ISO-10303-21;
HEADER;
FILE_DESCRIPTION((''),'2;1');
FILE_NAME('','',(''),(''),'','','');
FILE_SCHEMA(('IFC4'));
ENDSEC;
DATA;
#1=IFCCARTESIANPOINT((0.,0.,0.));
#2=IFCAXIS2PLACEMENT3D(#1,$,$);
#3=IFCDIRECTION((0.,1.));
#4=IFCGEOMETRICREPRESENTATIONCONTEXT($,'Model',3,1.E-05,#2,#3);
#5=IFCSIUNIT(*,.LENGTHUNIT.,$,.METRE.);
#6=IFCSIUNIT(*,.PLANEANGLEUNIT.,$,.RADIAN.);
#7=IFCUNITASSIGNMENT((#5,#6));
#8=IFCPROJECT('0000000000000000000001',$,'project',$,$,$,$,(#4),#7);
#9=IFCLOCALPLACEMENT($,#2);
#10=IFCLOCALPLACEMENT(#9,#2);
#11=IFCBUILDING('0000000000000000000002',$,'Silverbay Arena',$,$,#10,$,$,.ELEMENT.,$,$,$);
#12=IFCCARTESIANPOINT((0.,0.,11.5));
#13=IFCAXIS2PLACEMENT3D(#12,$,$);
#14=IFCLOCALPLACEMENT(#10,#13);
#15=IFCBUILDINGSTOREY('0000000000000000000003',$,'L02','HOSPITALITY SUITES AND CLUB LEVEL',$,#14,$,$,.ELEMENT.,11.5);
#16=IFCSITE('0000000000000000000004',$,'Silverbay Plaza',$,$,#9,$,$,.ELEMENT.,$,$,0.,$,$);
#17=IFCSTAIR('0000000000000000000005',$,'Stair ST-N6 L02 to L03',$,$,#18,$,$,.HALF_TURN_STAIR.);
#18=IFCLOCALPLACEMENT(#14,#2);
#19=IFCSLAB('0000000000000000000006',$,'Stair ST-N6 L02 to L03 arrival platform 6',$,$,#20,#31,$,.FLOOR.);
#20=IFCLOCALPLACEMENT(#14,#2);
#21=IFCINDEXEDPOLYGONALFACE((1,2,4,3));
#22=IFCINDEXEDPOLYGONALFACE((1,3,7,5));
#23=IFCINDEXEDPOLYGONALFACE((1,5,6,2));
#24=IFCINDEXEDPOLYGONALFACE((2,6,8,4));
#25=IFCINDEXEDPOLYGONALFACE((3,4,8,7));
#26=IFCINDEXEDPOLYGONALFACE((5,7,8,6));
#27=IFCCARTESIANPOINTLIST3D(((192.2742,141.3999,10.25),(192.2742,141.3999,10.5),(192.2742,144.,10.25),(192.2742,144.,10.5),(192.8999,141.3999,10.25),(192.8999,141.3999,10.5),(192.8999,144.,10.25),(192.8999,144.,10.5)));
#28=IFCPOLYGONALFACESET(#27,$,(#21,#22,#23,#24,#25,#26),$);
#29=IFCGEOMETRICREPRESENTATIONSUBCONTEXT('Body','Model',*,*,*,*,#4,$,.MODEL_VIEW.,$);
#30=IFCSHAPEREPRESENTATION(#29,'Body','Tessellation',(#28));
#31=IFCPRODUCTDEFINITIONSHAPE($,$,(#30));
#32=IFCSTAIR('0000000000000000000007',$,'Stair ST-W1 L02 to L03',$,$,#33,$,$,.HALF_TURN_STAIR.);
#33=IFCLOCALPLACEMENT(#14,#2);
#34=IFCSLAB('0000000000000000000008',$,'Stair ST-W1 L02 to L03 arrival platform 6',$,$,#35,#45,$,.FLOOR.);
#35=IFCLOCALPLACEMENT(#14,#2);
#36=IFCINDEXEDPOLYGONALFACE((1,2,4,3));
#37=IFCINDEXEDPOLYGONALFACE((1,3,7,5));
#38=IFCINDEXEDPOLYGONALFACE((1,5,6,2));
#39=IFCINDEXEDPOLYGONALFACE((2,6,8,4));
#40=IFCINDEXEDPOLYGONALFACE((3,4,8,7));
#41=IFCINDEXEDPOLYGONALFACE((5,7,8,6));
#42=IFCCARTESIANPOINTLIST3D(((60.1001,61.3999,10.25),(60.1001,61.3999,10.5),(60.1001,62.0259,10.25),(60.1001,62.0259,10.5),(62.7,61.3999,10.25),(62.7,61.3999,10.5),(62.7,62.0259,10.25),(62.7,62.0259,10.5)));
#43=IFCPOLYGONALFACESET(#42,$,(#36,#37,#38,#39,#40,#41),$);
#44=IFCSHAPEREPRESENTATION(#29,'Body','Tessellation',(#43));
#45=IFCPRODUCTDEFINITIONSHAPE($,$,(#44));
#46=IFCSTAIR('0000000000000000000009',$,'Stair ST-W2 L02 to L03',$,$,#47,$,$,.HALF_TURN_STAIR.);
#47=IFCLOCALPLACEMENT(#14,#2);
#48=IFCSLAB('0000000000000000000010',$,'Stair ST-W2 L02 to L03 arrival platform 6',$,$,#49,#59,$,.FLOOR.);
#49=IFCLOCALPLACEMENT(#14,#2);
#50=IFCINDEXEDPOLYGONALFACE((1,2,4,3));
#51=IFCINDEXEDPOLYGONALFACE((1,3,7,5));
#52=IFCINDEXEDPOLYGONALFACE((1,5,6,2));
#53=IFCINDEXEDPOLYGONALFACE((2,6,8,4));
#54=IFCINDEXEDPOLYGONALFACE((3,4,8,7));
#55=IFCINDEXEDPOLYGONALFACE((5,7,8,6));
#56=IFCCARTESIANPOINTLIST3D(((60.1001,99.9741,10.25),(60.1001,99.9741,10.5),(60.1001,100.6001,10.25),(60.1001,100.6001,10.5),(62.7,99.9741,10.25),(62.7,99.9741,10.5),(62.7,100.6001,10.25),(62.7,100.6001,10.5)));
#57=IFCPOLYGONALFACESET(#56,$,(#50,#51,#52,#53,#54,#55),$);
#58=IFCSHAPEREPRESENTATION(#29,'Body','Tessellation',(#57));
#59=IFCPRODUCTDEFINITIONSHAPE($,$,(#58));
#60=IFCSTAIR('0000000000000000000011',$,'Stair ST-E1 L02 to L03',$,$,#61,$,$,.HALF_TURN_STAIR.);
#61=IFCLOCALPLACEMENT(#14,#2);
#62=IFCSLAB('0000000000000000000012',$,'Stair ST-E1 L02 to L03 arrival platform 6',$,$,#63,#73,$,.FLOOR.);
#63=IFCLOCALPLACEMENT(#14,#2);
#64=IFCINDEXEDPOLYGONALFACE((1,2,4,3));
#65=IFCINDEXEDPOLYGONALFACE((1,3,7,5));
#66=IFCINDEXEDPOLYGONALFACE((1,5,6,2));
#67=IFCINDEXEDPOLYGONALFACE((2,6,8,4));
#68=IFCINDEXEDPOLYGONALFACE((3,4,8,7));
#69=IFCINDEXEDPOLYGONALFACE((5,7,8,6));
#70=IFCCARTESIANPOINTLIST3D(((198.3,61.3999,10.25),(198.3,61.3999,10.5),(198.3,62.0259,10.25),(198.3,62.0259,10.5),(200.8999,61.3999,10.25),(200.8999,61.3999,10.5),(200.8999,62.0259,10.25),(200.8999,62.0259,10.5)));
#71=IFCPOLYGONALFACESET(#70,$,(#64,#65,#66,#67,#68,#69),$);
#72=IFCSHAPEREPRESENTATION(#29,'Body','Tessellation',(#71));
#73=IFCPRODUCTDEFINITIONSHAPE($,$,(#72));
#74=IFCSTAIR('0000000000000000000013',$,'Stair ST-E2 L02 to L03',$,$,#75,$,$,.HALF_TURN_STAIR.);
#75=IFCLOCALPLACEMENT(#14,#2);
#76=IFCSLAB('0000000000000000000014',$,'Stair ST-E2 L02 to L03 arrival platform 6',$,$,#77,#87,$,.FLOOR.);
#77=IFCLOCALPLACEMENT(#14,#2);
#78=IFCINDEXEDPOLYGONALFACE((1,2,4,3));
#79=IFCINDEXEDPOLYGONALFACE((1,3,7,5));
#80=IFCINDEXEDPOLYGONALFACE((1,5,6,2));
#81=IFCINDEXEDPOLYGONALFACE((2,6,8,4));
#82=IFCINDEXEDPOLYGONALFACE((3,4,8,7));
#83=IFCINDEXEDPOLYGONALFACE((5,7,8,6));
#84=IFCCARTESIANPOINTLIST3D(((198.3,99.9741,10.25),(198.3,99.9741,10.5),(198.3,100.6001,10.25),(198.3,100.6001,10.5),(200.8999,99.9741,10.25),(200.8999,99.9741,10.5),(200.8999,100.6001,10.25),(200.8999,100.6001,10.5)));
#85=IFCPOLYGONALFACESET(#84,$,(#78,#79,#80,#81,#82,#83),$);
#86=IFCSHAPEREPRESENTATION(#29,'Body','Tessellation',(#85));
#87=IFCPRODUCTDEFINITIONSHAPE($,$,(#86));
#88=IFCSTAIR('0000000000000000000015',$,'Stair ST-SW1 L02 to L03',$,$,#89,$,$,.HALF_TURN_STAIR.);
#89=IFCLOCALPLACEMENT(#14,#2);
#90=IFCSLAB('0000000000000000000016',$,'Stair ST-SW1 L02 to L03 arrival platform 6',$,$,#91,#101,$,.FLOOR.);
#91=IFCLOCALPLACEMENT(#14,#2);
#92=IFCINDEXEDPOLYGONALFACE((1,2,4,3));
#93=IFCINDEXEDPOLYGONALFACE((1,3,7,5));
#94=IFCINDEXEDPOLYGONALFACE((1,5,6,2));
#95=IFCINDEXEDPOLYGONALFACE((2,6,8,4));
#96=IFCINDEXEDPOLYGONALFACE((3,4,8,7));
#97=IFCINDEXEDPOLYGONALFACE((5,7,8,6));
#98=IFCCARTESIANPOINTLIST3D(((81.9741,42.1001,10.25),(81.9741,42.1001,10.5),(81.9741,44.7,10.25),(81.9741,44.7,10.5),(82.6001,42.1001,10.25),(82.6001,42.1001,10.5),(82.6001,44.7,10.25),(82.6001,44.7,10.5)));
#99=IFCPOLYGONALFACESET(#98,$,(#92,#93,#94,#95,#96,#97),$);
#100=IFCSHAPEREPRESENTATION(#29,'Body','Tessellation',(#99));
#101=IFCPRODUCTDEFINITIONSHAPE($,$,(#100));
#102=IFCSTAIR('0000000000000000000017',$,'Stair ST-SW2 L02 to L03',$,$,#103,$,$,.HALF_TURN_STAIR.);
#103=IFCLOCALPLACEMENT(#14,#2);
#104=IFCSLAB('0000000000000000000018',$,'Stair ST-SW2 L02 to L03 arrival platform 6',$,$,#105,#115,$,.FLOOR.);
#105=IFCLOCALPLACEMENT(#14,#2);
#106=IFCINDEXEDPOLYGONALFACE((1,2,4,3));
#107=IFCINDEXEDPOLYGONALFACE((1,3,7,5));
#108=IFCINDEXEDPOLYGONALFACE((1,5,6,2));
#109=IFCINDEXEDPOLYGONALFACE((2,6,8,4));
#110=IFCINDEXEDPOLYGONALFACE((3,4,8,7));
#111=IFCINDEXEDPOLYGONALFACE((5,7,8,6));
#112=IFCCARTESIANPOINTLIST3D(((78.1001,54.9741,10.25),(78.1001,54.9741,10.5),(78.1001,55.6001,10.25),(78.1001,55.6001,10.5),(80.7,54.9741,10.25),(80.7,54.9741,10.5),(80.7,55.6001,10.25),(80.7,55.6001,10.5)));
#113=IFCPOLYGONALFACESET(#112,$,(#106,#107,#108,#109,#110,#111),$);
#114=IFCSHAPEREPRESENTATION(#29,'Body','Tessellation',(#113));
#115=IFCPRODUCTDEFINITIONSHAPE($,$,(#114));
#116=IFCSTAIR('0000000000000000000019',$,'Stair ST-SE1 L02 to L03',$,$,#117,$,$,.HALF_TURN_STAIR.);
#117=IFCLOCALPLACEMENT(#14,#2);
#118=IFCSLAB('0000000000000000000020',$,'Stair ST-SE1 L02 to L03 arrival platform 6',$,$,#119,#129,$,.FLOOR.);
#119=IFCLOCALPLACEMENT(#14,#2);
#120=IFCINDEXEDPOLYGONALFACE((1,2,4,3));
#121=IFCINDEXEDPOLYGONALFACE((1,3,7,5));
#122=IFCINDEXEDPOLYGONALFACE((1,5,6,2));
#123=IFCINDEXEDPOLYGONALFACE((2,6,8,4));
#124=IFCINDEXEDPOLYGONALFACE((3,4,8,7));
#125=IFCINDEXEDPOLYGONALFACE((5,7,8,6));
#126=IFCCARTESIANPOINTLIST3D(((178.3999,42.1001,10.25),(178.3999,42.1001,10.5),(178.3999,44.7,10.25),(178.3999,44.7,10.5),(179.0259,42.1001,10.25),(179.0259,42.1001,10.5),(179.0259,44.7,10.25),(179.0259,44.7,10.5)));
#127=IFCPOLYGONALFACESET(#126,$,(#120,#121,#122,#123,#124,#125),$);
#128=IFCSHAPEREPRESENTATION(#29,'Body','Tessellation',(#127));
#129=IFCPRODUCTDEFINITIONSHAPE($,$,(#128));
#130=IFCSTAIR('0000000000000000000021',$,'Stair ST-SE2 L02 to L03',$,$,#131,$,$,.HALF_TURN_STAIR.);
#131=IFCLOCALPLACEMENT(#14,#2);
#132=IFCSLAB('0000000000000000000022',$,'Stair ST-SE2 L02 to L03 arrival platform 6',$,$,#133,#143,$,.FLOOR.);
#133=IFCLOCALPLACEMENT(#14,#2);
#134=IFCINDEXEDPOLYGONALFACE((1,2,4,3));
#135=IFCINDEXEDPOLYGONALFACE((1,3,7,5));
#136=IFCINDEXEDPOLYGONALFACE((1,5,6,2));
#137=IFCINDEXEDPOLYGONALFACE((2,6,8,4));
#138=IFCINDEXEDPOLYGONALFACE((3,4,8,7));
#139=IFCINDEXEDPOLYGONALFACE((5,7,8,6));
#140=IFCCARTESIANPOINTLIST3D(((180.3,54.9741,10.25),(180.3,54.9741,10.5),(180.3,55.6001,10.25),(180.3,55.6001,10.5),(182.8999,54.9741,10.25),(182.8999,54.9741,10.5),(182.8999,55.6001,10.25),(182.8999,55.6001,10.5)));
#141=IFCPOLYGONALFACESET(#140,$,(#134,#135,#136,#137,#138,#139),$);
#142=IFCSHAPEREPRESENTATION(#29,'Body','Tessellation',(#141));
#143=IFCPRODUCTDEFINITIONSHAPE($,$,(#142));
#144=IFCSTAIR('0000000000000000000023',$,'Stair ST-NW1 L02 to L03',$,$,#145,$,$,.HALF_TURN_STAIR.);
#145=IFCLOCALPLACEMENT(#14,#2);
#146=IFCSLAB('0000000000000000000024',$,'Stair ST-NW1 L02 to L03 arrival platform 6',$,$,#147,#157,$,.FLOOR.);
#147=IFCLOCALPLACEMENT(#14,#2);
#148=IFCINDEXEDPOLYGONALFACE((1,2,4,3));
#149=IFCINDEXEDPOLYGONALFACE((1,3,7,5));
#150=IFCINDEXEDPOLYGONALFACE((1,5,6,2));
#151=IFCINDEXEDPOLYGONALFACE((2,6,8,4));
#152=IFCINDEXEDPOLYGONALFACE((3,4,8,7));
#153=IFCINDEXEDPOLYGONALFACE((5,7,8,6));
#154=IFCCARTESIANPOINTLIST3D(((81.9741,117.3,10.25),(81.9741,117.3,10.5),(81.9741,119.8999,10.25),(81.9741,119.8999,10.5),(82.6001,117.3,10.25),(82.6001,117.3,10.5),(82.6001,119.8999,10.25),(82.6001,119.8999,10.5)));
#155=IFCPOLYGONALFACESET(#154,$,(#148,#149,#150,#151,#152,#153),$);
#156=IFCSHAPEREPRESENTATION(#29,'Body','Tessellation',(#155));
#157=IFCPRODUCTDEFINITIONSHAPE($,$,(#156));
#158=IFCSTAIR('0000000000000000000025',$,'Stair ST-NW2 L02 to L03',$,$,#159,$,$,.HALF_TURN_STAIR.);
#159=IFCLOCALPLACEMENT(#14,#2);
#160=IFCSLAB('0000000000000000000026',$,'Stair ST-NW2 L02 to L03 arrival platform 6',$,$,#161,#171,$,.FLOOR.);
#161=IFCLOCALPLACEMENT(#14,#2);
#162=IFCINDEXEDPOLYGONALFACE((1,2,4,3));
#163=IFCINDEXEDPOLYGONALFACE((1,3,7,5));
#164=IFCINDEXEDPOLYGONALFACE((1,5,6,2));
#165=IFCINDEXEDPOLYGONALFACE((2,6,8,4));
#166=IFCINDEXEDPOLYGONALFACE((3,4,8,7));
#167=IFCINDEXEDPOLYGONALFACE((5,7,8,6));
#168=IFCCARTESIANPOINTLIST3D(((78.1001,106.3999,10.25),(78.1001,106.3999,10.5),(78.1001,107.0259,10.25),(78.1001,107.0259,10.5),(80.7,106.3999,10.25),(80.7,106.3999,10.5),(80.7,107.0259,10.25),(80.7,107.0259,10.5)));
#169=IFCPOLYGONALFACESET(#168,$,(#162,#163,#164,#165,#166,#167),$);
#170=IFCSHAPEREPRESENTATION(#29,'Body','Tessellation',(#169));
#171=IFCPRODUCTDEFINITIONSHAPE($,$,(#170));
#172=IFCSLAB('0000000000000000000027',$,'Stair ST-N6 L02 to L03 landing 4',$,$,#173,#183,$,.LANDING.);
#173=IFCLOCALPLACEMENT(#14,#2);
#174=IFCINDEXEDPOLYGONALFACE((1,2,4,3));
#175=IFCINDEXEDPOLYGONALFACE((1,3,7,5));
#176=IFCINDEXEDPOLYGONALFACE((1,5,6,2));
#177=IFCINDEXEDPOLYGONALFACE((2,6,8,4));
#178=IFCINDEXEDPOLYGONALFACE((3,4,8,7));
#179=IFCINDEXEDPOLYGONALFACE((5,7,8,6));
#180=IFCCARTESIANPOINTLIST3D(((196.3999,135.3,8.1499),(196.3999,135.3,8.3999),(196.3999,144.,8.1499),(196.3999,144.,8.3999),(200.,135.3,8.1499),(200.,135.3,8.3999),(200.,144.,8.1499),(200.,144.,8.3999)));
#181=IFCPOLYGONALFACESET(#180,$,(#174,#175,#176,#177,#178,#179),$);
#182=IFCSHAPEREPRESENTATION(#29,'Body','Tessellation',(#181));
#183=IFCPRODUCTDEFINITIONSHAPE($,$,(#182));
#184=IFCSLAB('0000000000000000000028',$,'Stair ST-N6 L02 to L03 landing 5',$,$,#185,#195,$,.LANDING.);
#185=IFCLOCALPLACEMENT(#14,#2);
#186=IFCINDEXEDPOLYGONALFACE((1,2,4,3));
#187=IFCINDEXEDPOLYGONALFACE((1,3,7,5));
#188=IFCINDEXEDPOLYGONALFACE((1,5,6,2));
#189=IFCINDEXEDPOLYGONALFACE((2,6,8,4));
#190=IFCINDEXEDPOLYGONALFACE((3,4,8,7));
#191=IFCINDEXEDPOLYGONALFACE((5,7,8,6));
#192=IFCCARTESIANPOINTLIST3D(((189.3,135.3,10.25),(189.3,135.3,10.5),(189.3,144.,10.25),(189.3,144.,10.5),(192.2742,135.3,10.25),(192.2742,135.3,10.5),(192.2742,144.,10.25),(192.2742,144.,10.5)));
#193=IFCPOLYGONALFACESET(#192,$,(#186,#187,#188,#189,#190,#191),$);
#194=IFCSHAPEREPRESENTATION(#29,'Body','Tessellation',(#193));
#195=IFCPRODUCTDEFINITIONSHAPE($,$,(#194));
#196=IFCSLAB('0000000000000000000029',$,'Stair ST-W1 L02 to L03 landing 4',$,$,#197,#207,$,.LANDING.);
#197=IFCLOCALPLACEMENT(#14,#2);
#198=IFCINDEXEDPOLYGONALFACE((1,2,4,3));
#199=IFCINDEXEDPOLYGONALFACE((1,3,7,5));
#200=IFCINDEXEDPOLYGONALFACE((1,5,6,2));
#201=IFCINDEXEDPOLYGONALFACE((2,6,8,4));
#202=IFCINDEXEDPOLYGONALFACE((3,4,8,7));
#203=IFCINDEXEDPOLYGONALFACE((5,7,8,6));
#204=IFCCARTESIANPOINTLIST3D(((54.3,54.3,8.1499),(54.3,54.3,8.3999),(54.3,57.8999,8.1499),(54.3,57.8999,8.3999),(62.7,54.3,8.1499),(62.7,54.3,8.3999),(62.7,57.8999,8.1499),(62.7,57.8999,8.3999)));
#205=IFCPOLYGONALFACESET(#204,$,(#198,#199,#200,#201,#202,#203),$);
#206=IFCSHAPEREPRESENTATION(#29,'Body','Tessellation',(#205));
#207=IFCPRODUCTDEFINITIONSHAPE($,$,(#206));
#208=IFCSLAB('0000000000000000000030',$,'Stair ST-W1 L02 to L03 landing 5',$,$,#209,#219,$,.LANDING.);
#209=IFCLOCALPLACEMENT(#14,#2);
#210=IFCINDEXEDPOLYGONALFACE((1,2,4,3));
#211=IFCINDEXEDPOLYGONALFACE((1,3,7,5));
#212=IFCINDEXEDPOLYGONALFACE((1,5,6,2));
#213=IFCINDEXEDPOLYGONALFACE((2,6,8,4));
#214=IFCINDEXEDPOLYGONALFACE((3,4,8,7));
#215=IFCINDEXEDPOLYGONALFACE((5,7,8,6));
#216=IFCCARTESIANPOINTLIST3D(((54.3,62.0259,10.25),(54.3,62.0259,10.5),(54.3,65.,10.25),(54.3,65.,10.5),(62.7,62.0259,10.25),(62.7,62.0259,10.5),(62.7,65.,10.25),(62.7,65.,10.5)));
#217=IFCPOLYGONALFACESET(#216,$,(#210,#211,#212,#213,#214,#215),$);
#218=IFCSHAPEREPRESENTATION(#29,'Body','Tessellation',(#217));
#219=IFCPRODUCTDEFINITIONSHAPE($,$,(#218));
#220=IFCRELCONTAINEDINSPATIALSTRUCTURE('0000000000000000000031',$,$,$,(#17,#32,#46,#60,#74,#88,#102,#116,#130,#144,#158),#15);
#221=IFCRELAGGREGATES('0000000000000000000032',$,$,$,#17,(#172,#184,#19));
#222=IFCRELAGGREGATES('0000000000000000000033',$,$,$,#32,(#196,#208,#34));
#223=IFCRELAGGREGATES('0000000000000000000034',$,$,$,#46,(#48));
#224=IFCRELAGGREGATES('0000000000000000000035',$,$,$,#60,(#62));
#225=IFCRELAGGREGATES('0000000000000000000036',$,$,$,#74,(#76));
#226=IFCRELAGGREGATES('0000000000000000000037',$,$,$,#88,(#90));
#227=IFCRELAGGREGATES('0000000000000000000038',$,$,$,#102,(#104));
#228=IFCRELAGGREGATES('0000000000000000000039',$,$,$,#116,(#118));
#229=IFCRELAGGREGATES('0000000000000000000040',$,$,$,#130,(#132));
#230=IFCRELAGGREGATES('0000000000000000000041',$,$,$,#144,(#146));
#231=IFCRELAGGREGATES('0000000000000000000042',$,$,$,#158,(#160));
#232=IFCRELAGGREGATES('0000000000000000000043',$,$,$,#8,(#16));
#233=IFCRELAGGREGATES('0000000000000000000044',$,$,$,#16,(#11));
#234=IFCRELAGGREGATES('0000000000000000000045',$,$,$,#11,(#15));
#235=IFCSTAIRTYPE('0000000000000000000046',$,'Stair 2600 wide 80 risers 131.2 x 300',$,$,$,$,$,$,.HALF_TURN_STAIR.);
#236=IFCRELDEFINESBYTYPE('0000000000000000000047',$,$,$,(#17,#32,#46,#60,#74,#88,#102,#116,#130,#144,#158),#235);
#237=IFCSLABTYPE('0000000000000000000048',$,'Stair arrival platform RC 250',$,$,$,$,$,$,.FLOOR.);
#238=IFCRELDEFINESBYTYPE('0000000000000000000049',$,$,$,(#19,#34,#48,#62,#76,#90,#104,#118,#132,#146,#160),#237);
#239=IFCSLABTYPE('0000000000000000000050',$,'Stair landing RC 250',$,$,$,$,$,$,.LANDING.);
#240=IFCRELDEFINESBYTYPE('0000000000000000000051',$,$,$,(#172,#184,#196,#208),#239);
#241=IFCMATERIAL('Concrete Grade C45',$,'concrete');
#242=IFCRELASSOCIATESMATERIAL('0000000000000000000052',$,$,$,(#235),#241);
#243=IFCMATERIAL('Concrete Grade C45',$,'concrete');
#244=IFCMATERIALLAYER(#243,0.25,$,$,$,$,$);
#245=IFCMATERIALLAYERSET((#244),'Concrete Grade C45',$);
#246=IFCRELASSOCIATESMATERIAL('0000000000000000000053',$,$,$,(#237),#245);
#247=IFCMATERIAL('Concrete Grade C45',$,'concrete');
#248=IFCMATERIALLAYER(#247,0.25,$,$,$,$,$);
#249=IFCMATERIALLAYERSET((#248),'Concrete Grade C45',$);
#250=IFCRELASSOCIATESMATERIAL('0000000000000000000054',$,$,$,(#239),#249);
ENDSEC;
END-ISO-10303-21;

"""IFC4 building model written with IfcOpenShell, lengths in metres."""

from ifc_helpers import new_model, si_unit, direction, frame, origin, place, context, subcontext, project, spatial, polyline, outline, extrude, material, layer, layer_set, type_object, element, aggregate, save


model = new_model("IFC4")

# Units and contexts
model_context = context("Model", 3, precision=1e-05, world=origin(), true_north=direction((0.0, 1.0)))
body_context = subcontext(model_context, "Body", "Model", "MODEL_VIEW")
ifc_project = project(units=[si_unit("LENGTHUNIT", "METRE"), si_unit("PLANEANGLEUNIT", "RADIAN")], contexts=[model_context])

# Site, building, storey
site_placement = place(None, origin())
site = spatial("IfcSite", under=ifc_project, at=site_placement, Name="Silverbay Plaza", CompositionType="ELEMENT", RefElevation=0.0)
building_placement = place(site_placement, origin())
building = spatial("IfcBuilding", under=site, at=building_placement, Name="Silverbay Arena", CompositionType="ELEMENT")
storey_placement = place(building_placement, frame((0.0, 0.0, 11.5)))
storey = spatial("IfcBuildingStorey", under=building, at=storey_placement, Name="L02", Description="HOSPITALITY SUITES AND CLUB LEVEL", CompositionType="ELEMENT", Elevation=11.5)

# Stairs, slabs
ifc_material_1 = material(Name="Concrete Grade C45", Category="concrete")
stair_type = type_object("IfcStairType", Name="Stair 2600 wide 80 risers 131.2 x 300", PredefinedType="HALF_TURN_STAIR", material=ifc_material_1)
stair_1_placement = place(storey_placement, origin())
stair_1 = element("IfcStair", 1, at=stair_1_placement, inside=storey, type_object=stair_type, Name="Stair ST-N6 L02 to L03", PredefinedType="HALF_TURN_STAIR")
ifc_material_2 = material(Name="Concrete Grade C45", Category="concrete")
ifc_layer_1 = layer(ifc_material_2, 0.25)
ifc_layer_set_1 = layer_set([ifc_layer_1], Name="Concrete Grade C45")
slab_type_1 = type_object("IfcSlabType", Name="Stair arrival platform RC 250", PredefinedType="FLOOR", material=ifc_layer_set_1)
slab_1_placement = place(storey_placement, frame((0.0, 0.0, 10.25)))
slab_1 = element("IfcSlab", 2, at=slab_1_placement, type_object=slab_type_1, Name="Stair ST-N6 L02 to L03 arrival platform 6", PredefinedType="FLOOR", context=body_context, shape_type="SweptSolid", body=[
    extrude(outline(polyline([(192.8999, 141.3999), (192.2742, 141.3999), (192.2742, 144.0), (192.8999, 144.0), (192.8999, 141.3999)])), origin(), (0.0, 0.0, 1.0), 0.25),
])
stair_2_placement = place(storey_placement, origin())
stair_2 = element("IfcStair", 3, at=stair_2_placement, inside=storey, type_object=stair_type, Name="Stair ST-W1 L02 to L03", PredefinedType="HALF_TURN_STAIR")
slab_2_placement = place(storey_placement, frame((0.0, 0.0, 10.25)))
slab_2 = element("IfcSlab", 4, at=slab_2_placement, type_object=slab_type_1, Name="Stair ST-W1 L02 to L03 arrival platform 6", PredefinedType="FLOOR", context=body_context, shape_type="SweptSolid", body=[
    extrude(outline(polyline([(62.7, 61.3999), (62.7, 62.0259), (60.1001, 62.0259), (60.1001, 61.3999), (62.7, 61.3999)])), origin(), (0.0, 0.0, 1.0), 0.25),
])
stair_3_placement = place(storey_placement, origin())
stair_3 = element("IfcStair", 5, at=stair_3_placement, inside=storey, type_object=stair_type, Name="Stair ST-W2 L02 to L03", PredefinedType="HALF_TURN_STAIR")
slab_3_placement = place(storey_placement, frame((0.0, 0.0, 10.25)))
slab_3 = element("IfcSlab", 6, at=slab_3_placement, type_object=slab_type_1, Name="Stair ST-W2 L02 to L03 arrival platform 6", PredefinedType="FLOOR", context=body_context, shape_type="SweptSolid", body=[
    extrude(outline(polyline([(62.7, 100.6001), (62.7, 99.9741), (60.1001, 99.9741), (60.1001, 100.6001), (62.7, 100.6001)])), origin(), (0.0, 0.0, 1.0), 0.25),
])
stair_4_placement = place(storey_placement, origin())
stair_4 = element("IfcStair", 7, at=stair_4_placement, inside=storey, type_object=stair_type, Name="Stair ST-E1 L02 to L03", PredefinedType="HALF_TURN_STAIR")
slab_4_placement = place(storey_placement, frame((0.0, 0.0, 10.25)))
slab_4 = element("IfcSlab", 8, at=slab_4_placement, type_object=slab_type_1, Name="Stair ST-E1 L02 to L03 arrival platform 6", PredefinedType="FLOOR", context=body_context, shape_type="SweptSolid", body=[
    extrude(outline(polyline([(198.3, 61.3999), (198.3, 62.0259), (200.8999, 62.0259), (200.8999, 61.3999), (198.3, 61.3999)])), origin(), (0.0, 0.0, 1.0), 0.25),
])
stair_5_placement = place(storey_placement, origin())
stair_5 = element("IfcStair", 9, at=stair_5_placement, inside=storey, type_object=stair_type, Name="Stair ST-E2 L02 to L03", PredefinedType="HALF_TURN_STAIR")
slab_5_placement = place(storey_placement, frame((0.0, 0.0, 10.25)))
slab_5 = element("IfcSlab", 10, at=slab_5_placement, type_object=slab_type_1, Name="Stair ST-E2 L02 to L03 arrival platform 6", PredefinedType="FLOOR", context=body_context, shape_type="SweptSolid", body=[
    extrude(outline(polyline([(198.3, 100.6001), (198.3, 99.9741), (200.8999, 99.9741), (200.8999, 100.6001), (198.3, 100.6001)])), origin(), (0.0, 0.0, 1.0), 0.25),
])
stair_6_placement = place(storey_placement, origin())
stair_6 = element("IfcStair", 11, at=stair_6_placement, inside=storey, type_object=stair_type, Name="Stair ST-SW1 L02 to L03", PredefinedType="HALF_TURN_STAIR")
slab_6_placement = place(storey_placement, frame((0.0, 0.0, 10.25)))
slab_6 = element("IfcSlab", 12, at=slab_6_placement, type_object=slab_type_1, Name="Stair ST-SW1 L02 to L03 arrival platform 6", PredefinedType="FLOOR", context=body_context, shape_type="SweptSolid", body=[
    extrude(outline(polyline([(82.6001, 44.7), (81.9741, 44.7), (81.9741, 42.1001), (82.6001, 42.1001), (82.6001, 44.7)])), origin(), (0.0, 0.0, 1.0), 0.25),
])
stair_7_placement = place(storey_placement, origin())
stair_7 = element("IfcStair", 13, at=stair_7_placement, inside=storey, type_object=stair_type, Name="Stair ST-SW2 L02 to L03", PredefinedType="HALF_TURN_STAIR")
slab_7_placement = place(storey_placement, frame((0.0, 0.0, 10.25)))
slab_7 = element("IfcSlab", 14, at=slab_7_placement, type_object=slab_type_1, Name="Stair ST-SW2 L02 to L03 arrival platform 6", PredefinedType="FLOOR", context=body_context, shape_type="SweptSolid", body=[
    extrude(outline(polyline([(80.7, 55.6001), (80.7, 54.9741), (78.1001, 54.9741), (78.1001, 55.6001), (80.7, 55.6001)])), origin(), (0.0, 0.0, 1.0), 0.25),
])
stair_8_placement = place(storey_placement, origin())
stair_8 = element("IfcStair", 15, at=stair_8_placement, inside=storey, type_object=stair_type, Name="Stair ST-SE1 L02 to L03", PredefinedType="HALF_TURN_STAIR")
slab_8_placement = place(storey_placement, frame((0.0, 0.0, 10.25)))
slab_8 = element("IfcSlab", 16, at=slab_8_placement, type_object=slab_type_1, Name="Stair ST-SE1 L02 to L03 arrival platform 6", PredefinedType="FLOOR", context=body_context, shape_type="SweptSolid", body=[
    extrude(outline(polyline([(178.3999, 44.7), (179.0259, 44.7), (179.0259, 42.1001), (178.3999, 42.1001), (178.3999, 44.7)])), origin(), (0.0, 0.0, 1.0), 0.25),
])
stair_9_placement = place(storey_placement, origin())
stair_9 = element("IfcStair", 17, at=stair_9_placement, inside=storey, type_object=stair_type, Name="Stair ST-SE2 L02 to L03", PredefinedType="HALF_TURN_STAIR")
slab_9_placement = place(storey_placement, frame((0.0, 0.0, 10.25)))
slab_9 = element("IfcSlab", 18, at=slab_9_placement, type_object=slab_type_1, Name="Stair ST-SE2 L02 to L03 arrival platform 6", PredefinedType="FLOOR", context=body_context, shape_type="SweptSolid", body=[
    extrude(outline(polyline([(180.3, 55.6001), (180.3, 54.9741), (182.8999, 54.9741), (182.8999, 55.6001), (180.3, 55.6001)])), origin(), (0.0, 0.0, 1.0), 0.25),
])
stair_10_placement = place(storey_placement, origin())
stair_10 = element("IfcStair", 19, at=stair_10_placement, inside=storey, type_object=stair_type, Name="Stair ST-NW1 L02 to L03", PredefinedType="HALF_TURN_STAIR")
slab_10_placement = place(storey_placement, frame((0.0, 0.0, 10.25)))
slab_10 = element("IfcSlab", 20, at=slab_10_placement, type_object=slab_type_1, Name="Stair ST-NW1 L02 to L03 arrival platform 6", PredefinedType="FLOOR", context=body_context, shape_type="SweptSolid", body=[
    extrude(outline(polyline([(82.6001, 117.3), (81.9741, 117.3), (81.9741, 119.8999), (82.6001, 119.8999), (82.6001, 117.3)])), origin(), (0.0, 0.0, 1.0), 0.25),
])
stair_11_placement = place(storey_placement, origin())
stair_11 = element("IfcStair", 21, at=stair_11_placement, inside=storey, type_object=stair_type, Name="Stair ST-NW2 L02 to L03", PredefinedType="HALF_TURN_STAIR")
slab_11_placement = place(storey_placement, frame((0.0, 0.0, 10.25)))
slab_11 = element("IfcSlab", 22, at=slab_11_placement, type_object=slab_type_1, Name="Stair ST-NW2 L02 to L03 arrival platform 6", PredefinedType="FLOOR", context=body_context, shape_type="SweptSolid", body=[
    extrude(outline(polyline([(80.7, 106.3999), (80.7, 107.0259), (78.1001, 107.0259), (78.1001, 106.3999), (80.7, 106.3999)])), origin(), (0.0, 0.0, 1.0), 0.25),
])

# Slabs
ifc_material_3 = material(Name="Concrete Grade C45", Category="concrete")
ifc_layer_2 = layer(ifc_material_3, 0.25)
ifc_layer_set_2 = layer_set([ifc_layer_2], Name="Concrete Grade C45")
slab_type_2 = type_object("IfcSlabType", Name="Stair landing RC 250", PredefinedType="LANDING", material=ifc_layer_set_2)
slab_12_placement = place(storey_placement, frame((0.0, 0.0, 8.1499)))
slab_12 = element("IfcSlab", 23, at=slab_12_placement, type_object=slab_type_2, Name="Stair ST-N6 L02 to L03 landing 4", PredefinedType="LANDING", context=body_context, shape_type="SweptSolid", body=[
    extrude(outline(polyline([(200.0, 135.3), (196.3999, 135.3), (196.3999, 144.0), (200.0, 144.0), (200.0, 135.3)])), origin(), (0.0, 0.0, 1.0), 0.25),
])
slab_13_placement = place(storey_placement, frame((0.0, 0.0, 10.25)))
slab_13 = element("IfcSlab", 24, at=slab_13_placement, type_object=slab_type_2, Name="Stair ST-N6 L02 to L03 landing 5", PredefinedType="LANDING", context=body_context, shape_type="SweptSolid", body=[
    extrude(outline(polyline([(192.2742, 135.3), (189.3, 135.3), (189.3, 144.0), (192.2742, 144.0), (192.2742, 135.3)])), origin(), (0.0, 0.0, 1.0), 0.25),
])
aggregate(stair_1, [slab_12, slab_13, slab_1])
slab_14_placement = place(storey_placement, frame((0.0, 0.0, 8.1499)))
slab_14 = element("IfcSlab", 25, at=slab_14_placement, type_object=slab_type_2, Name="Stair ST-W1 L02 to L03 landing 4", PredefinedType="LANDING", context=body_context, shape_type="SweptSolid", body=[
    extrude(outline(polyline([(62.7, 54.3), (62.7, 57.8999), (54.3, 57.8999), (54.3, 54.3), (62.7, 54.3)])), origin(), (0.0, 0.0, 1.0), 0.25),
])
slab_15_placement = place(storey_placement, frame((0.0, 0.0, 10.25)))
slab_15 = element("IfcSlab", 26, at=slab_15_placement, type_object=slab_type_2, Name="Stair ST-W1 L02 to L03 landing 5", PredefinedType="LANDING", context=body_context, shape_type="SweptSolid", body=[
    extrude(outline(polyline([(62.7, 62.0259), (62.7, 65.0), (54.3, 65.0), (54.3, 62.0259), (62.7, 62.0259)])), origin(), (0.0, 0.0, 1.0), 0.25),
])
aggregate(stair_2, [slab_14, slab_15, slab_2])
aggregate(stair_3, [slab_3])
aggregate(stair_4, [slab_4])
aggregate(stair_5, [slab_5])
aggregate(stair_6, [slab_6])
aggregate(stair_7, [slab_7])
aggregate(stair_8, [slab_8])
aggregate(stair_9, [slab_9])
aggregate(stair_10, [slab_10])
aggregate(stair_11, [slab_11])

save(model, "model.ifc")
